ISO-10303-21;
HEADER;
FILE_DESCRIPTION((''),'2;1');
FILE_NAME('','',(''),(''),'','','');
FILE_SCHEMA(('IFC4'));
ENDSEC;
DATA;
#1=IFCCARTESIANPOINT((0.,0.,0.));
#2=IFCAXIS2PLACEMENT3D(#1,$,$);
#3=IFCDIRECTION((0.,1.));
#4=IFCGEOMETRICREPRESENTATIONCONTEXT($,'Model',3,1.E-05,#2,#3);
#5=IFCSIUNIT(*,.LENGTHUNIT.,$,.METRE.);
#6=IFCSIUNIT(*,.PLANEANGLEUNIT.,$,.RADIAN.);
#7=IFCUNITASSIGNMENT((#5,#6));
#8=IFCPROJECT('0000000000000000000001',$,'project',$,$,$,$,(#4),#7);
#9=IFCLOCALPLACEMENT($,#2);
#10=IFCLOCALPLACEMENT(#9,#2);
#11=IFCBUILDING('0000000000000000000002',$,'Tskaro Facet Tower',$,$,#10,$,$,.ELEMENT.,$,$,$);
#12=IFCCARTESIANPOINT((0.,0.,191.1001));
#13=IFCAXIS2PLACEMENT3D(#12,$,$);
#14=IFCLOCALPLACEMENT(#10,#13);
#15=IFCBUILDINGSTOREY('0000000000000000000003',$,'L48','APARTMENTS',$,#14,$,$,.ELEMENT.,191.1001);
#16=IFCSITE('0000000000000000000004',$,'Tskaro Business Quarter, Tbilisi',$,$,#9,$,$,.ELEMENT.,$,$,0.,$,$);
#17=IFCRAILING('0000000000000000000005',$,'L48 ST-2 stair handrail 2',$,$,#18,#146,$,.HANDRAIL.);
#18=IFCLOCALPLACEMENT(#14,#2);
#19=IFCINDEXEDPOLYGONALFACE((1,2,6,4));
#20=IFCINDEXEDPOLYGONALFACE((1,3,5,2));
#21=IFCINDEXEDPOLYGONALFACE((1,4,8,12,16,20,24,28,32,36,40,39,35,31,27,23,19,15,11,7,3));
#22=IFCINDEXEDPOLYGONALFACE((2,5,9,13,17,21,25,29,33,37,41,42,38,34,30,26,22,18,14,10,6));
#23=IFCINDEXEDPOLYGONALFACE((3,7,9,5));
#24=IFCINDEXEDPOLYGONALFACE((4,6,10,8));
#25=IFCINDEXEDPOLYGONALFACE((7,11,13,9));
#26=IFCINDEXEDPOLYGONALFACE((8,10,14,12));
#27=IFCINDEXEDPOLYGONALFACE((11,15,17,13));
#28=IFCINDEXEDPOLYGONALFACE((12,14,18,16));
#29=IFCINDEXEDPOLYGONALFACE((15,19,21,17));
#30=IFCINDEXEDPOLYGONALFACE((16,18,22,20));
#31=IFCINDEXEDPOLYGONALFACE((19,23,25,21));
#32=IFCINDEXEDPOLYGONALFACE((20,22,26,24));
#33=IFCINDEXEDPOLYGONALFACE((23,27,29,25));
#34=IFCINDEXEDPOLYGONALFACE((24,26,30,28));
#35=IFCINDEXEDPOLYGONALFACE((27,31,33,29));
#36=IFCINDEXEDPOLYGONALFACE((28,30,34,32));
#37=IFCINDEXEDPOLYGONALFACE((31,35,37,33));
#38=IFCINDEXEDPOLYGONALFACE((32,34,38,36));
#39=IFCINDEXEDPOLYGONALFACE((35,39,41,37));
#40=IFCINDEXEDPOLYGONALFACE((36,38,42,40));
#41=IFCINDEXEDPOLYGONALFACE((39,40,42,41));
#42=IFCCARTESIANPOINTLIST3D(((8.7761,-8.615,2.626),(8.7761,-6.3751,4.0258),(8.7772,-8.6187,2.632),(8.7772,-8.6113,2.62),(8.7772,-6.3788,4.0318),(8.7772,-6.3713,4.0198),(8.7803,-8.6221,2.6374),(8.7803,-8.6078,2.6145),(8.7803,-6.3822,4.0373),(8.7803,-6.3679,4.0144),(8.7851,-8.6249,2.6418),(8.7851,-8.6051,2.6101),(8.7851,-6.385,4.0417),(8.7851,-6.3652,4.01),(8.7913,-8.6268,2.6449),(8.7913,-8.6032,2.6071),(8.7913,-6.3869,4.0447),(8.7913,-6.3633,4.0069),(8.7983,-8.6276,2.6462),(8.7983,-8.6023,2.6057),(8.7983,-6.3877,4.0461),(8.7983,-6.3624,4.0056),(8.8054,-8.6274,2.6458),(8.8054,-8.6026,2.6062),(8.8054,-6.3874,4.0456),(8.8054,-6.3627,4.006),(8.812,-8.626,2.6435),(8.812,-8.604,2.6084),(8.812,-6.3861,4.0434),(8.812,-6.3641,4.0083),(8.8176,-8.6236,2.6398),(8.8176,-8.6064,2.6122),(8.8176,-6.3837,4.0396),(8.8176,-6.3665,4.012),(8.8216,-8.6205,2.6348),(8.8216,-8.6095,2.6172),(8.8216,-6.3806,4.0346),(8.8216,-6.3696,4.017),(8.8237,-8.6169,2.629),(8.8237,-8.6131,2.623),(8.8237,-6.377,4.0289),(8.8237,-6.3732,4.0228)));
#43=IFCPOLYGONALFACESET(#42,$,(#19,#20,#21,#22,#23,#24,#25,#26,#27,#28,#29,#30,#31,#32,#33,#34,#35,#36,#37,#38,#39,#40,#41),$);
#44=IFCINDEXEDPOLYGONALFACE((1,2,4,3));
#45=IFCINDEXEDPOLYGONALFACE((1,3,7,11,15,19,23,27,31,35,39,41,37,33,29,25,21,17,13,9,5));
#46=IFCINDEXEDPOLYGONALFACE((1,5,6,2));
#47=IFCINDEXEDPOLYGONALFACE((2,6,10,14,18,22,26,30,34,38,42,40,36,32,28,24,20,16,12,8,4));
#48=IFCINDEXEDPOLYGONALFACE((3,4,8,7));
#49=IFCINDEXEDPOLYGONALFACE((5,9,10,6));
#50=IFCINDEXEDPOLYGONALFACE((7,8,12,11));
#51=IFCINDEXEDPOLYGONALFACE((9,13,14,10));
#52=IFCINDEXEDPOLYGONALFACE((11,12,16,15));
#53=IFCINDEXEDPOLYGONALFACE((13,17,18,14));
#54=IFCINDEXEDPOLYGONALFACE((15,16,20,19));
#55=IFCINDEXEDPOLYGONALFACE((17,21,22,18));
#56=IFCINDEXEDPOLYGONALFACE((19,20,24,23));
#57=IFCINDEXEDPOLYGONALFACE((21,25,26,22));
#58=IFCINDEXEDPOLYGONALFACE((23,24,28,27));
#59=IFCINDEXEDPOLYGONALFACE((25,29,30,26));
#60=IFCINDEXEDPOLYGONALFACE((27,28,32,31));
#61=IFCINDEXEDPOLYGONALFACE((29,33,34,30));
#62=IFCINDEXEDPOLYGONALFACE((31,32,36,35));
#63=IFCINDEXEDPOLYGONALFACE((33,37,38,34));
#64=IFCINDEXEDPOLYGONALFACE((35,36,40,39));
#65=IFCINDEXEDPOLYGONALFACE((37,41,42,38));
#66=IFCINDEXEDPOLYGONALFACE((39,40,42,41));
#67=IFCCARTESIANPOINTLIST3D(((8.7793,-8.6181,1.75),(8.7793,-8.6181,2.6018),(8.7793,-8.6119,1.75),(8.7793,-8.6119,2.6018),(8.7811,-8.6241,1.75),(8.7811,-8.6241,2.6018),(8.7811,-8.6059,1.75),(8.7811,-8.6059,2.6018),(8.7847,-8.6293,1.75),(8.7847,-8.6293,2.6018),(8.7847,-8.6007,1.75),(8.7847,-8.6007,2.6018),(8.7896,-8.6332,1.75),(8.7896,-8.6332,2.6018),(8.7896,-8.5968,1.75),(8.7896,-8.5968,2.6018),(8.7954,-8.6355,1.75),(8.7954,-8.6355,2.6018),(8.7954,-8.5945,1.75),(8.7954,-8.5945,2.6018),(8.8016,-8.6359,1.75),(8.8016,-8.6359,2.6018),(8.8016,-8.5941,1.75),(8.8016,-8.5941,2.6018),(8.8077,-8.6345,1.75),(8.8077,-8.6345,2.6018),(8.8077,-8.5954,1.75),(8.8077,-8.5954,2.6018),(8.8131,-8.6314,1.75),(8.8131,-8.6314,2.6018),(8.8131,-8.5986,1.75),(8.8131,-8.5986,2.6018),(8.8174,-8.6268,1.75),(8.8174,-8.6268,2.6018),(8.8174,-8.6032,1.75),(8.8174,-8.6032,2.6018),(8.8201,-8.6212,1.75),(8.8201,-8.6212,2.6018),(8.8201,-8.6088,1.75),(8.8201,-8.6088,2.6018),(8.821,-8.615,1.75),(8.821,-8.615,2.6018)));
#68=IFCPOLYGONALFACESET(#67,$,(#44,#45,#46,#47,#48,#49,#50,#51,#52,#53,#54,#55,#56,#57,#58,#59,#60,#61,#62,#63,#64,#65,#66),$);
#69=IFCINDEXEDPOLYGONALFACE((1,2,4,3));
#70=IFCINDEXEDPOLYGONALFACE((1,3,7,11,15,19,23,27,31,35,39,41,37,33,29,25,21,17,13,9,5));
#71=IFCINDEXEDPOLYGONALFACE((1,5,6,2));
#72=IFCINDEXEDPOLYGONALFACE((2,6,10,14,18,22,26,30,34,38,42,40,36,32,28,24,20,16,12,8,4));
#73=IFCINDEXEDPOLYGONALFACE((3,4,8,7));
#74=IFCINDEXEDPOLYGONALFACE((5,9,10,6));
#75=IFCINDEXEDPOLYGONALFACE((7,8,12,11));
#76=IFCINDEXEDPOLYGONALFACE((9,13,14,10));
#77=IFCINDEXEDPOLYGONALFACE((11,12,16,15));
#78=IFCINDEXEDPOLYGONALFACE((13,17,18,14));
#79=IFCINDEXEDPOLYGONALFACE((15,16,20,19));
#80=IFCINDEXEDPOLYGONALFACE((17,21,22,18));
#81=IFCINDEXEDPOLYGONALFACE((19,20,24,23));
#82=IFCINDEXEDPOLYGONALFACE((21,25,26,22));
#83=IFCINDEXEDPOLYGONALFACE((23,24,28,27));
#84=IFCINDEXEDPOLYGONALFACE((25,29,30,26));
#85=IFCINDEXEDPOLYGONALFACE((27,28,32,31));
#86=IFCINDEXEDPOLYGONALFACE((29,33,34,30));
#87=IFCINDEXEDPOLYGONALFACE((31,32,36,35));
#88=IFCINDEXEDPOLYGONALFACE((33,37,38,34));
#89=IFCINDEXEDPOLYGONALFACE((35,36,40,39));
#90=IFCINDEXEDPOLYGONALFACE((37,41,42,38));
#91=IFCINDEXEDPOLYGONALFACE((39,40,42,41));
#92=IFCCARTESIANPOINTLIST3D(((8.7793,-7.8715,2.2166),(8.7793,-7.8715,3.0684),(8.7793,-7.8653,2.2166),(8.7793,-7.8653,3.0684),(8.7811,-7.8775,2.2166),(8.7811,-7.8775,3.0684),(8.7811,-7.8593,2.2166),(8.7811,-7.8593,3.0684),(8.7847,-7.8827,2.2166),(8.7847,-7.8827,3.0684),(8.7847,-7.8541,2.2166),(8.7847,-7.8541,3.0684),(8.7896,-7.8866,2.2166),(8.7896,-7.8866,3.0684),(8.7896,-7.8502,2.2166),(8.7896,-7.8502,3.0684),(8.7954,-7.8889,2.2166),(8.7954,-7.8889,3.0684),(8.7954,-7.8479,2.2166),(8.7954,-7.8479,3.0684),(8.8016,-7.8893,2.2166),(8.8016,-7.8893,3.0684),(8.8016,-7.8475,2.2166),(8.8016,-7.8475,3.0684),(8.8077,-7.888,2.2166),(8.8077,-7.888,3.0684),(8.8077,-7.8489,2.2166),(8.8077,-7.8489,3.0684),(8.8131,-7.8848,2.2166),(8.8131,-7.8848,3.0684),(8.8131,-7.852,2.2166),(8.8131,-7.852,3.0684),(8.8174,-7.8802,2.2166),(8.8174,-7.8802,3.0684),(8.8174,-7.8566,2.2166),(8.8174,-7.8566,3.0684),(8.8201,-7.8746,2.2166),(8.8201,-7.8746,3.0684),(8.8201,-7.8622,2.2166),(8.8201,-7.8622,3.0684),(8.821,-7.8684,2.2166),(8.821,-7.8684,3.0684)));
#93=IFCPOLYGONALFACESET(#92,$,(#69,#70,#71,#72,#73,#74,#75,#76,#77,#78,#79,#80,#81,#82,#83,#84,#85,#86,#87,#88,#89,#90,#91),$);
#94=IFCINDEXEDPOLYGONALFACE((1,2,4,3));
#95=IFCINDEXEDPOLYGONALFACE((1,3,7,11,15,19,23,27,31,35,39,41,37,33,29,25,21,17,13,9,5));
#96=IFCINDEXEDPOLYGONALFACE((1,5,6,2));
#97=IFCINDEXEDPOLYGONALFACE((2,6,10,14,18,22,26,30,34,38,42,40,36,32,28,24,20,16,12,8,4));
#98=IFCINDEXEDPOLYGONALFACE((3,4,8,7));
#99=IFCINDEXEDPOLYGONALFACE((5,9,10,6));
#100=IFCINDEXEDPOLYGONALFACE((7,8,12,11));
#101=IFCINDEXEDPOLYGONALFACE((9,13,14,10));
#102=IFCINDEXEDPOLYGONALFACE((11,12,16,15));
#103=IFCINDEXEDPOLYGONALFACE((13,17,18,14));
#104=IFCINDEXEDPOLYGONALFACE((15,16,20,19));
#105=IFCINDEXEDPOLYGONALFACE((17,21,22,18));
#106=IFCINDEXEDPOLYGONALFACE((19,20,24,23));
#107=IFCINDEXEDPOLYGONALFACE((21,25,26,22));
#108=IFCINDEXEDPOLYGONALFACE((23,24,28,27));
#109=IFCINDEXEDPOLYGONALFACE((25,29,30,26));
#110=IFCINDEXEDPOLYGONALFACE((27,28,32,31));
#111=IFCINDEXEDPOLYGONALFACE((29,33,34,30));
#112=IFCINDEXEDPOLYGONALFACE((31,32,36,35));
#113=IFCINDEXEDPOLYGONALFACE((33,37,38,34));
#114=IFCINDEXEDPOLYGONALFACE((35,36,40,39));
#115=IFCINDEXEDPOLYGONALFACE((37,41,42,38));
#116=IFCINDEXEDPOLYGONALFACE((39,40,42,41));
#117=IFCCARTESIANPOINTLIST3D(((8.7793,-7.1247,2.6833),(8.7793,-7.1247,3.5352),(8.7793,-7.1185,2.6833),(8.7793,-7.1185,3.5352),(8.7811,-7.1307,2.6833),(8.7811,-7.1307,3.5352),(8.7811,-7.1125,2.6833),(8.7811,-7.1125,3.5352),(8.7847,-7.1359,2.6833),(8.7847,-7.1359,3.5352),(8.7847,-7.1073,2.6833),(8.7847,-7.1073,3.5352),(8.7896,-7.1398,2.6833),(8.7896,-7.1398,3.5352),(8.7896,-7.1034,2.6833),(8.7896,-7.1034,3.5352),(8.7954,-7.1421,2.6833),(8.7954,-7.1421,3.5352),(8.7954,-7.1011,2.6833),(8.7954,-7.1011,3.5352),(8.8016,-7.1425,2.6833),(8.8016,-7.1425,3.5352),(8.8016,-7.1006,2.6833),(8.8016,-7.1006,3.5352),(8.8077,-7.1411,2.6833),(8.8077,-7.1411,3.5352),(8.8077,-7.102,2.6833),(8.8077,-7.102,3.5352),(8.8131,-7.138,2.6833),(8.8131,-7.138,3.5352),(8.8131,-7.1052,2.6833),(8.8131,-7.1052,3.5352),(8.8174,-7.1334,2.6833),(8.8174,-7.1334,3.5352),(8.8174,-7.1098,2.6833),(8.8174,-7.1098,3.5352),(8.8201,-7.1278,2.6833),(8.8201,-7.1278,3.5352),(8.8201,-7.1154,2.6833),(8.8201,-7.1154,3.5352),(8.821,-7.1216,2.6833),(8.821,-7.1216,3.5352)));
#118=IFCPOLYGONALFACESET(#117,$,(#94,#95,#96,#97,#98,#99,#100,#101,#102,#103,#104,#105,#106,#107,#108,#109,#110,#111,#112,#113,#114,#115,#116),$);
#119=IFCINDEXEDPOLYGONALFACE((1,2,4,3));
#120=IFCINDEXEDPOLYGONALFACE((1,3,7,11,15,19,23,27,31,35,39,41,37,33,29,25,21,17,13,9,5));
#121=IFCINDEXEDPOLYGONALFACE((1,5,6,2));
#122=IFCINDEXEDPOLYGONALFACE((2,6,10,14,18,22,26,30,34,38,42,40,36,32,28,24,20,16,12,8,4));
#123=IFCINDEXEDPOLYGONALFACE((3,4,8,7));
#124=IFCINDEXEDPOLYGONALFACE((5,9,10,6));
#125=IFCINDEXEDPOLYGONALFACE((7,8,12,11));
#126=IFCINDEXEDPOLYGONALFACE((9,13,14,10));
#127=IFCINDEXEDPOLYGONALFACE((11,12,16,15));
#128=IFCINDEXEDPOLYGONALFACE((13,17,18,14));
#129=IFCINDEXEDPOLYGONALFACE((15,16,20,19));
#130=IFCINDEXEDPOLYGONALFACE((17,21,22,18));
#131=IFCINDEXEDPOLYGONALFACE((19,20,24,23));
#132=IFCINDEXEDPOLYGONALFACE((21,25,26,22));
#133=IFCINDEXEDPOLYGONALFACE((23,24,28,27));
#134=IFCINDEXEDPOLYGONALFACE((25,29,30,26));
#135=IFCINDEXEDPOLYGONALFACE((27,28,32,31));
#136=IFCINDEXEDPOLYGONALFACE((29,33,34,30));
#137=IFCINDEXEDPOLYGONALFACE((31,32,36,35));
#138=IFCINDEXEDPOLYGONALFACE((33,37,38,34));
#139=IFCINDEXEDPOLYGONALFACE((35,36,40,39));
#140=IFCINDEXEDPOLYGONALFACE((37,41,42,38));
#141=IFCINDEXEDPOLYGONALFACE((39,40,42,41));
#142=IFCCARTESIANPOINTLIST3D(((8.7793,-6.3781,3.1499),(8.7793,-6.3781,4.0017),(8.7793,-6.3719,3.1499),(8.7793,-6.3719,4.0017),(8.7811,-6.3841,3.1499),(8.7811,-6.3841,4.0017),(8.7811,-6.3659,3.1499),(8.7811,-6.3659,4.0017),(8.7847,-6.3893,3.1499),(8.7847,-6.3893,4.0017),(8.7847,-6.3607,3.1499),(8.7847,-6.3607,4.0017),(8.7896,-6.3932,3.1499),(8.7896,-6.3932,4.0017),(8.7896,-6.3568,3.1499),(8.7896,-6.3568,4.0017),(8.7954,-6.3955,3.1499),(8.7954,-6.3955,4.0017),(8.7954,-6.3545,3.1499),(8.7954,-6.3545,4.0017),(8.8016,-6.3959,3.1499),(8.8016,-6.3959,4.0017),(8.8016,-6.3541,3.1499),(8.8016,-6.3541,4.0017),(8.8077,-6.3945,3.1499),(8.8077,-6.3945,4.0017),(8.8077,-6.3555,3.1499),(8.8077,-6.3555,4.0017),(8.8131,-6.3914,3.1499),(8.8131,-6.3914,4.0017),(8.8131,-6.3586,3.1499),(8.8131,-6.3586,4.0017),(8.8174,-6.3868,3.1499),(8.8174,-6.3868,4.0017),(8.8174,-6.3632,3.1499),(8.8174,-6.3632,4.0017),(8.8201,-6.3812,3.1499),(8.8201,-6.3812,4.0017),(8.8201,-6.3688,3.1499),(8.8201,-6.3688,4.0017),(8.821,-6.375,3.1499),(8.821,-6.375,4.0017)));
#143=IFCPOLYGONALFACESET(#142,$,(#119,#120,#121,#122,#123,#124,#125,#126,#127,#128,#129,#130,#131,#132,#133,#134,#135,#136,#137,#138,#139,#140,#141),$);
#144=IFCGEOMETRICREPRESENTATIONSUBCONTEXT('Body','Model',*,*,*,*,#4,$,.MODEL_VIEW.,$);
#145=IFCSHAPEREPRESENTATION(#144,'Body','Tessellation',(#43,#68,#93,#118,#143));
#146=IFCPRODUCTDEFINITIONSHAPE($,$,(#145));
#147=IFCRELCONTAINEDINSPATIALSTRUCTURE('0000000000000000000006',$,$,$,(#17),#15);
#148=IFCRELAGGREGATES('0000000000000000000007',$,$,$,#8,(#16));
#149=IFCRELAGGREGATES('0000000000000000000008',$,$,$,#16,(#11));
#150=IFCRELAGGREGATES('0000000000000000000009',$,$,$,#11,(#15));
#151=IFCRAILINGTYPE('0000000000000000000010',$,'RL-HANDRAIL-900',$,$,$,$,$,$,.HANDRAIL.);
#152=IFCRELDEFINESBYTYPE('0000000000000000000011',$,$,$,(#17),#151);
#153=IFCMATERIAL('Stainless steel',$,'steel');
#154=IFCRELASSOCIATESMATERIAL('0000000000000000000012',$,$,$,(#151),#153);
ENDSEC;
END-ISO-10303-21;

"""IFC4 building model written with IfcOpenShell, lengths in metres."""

from ifc_helpers import new_model, si_unit, direction, frame, origin, origin_2d, place, context, subcontext, project, spatial, circle, extrude, material, type_object, element, save


model = new_model("IFC4")

# Units and contexts
model_context = context("Model", 3, precision=1e-05, world=origin(), true_north=direction((0.0, 1.0)))
body_context = subcontext(model_context, "Body", "Model", "MODEL_VIEW")
ifc_project = project(units=[si_unit("LENGTHUNIT", "METRE"), si_unit("PLANEANGLEUNIT", "RADIAN")], contexts=[model_context])

# Site, building, storey
site_placement = place(None, origin())
site = spatial("IfcSite", under=ifc_project, at=site_placement, Name="Tskaro Business Quarter, Tbilisi", CompositionType="ELEMENT", RefElevation=0.0)
building_placement = place(site_placement, origin())
building = spatial("IfcBuilding", under=site, at=building_placement, Name="Tskaro Facet Tower", CompositionType="ELEMENT")
storey_placement = place(building_placement, frame((0.0, 0.0, 191.1001)))
storey = spatial("IfcBuildingStorey", under=building, at=storey_placement, Name="L48", Description="APARTMENTS", CompositionType="ELEMENT", Elevation=191.1001)

# Shared definitions
ifc_material_1 = material(Name="Stainless steel", Category="steel")

# Railing
railing_type_1 = type_object("IfcRailingType", Name="RL-HANDRAIL-900", PredefinedType="HANDRAIL", material=ifc_material_1)
railing_1_placement = place(storey_placement, frame((8.8, -8.615, 1.75)))
element("IfcRailing", 1, at=railing_1_placement, inside=storey, type_object=railing_type_1, Name="L48 ST-2 stair handrail 2", PredefinedType="HANDRAIL", context=body_context, shape_type="SweptSolid", body=[
    extrude(circle(Radius=0.0239, at=origin_2d()), frame((0.0, 0.0, 0.876), z_axis=(0.0, 0.848014, 0.529974), x_axis=(-1.0, 0.0, 0.0)), (0.0, 0.0, 1.0), 2.6414),
    extrude(circle(Radius=0.021, at=origin_2d()), origin(), (0.0, 0.0, 1.0), 0.8518),
    extrude(circle(Radius=0.021, at=origin_2d()), frame((0.0, 0.7466, 0.4666)), (0.0, 0.0, 1.0), 0.8518),
    extrude(circle(Radius=0.021, at=origin_2d()), frame((0.0, 1.4934, 0.9333)), (0.0, 0.0, 1.0), 0.8518),
    extrude(circle(Radius=0.021, at=origin_2d()), frame((0.0, 2.24, 1.3999)), (0.0, 0.0, 1.0), 0.8518),
])

save(model, "model.ifc")
